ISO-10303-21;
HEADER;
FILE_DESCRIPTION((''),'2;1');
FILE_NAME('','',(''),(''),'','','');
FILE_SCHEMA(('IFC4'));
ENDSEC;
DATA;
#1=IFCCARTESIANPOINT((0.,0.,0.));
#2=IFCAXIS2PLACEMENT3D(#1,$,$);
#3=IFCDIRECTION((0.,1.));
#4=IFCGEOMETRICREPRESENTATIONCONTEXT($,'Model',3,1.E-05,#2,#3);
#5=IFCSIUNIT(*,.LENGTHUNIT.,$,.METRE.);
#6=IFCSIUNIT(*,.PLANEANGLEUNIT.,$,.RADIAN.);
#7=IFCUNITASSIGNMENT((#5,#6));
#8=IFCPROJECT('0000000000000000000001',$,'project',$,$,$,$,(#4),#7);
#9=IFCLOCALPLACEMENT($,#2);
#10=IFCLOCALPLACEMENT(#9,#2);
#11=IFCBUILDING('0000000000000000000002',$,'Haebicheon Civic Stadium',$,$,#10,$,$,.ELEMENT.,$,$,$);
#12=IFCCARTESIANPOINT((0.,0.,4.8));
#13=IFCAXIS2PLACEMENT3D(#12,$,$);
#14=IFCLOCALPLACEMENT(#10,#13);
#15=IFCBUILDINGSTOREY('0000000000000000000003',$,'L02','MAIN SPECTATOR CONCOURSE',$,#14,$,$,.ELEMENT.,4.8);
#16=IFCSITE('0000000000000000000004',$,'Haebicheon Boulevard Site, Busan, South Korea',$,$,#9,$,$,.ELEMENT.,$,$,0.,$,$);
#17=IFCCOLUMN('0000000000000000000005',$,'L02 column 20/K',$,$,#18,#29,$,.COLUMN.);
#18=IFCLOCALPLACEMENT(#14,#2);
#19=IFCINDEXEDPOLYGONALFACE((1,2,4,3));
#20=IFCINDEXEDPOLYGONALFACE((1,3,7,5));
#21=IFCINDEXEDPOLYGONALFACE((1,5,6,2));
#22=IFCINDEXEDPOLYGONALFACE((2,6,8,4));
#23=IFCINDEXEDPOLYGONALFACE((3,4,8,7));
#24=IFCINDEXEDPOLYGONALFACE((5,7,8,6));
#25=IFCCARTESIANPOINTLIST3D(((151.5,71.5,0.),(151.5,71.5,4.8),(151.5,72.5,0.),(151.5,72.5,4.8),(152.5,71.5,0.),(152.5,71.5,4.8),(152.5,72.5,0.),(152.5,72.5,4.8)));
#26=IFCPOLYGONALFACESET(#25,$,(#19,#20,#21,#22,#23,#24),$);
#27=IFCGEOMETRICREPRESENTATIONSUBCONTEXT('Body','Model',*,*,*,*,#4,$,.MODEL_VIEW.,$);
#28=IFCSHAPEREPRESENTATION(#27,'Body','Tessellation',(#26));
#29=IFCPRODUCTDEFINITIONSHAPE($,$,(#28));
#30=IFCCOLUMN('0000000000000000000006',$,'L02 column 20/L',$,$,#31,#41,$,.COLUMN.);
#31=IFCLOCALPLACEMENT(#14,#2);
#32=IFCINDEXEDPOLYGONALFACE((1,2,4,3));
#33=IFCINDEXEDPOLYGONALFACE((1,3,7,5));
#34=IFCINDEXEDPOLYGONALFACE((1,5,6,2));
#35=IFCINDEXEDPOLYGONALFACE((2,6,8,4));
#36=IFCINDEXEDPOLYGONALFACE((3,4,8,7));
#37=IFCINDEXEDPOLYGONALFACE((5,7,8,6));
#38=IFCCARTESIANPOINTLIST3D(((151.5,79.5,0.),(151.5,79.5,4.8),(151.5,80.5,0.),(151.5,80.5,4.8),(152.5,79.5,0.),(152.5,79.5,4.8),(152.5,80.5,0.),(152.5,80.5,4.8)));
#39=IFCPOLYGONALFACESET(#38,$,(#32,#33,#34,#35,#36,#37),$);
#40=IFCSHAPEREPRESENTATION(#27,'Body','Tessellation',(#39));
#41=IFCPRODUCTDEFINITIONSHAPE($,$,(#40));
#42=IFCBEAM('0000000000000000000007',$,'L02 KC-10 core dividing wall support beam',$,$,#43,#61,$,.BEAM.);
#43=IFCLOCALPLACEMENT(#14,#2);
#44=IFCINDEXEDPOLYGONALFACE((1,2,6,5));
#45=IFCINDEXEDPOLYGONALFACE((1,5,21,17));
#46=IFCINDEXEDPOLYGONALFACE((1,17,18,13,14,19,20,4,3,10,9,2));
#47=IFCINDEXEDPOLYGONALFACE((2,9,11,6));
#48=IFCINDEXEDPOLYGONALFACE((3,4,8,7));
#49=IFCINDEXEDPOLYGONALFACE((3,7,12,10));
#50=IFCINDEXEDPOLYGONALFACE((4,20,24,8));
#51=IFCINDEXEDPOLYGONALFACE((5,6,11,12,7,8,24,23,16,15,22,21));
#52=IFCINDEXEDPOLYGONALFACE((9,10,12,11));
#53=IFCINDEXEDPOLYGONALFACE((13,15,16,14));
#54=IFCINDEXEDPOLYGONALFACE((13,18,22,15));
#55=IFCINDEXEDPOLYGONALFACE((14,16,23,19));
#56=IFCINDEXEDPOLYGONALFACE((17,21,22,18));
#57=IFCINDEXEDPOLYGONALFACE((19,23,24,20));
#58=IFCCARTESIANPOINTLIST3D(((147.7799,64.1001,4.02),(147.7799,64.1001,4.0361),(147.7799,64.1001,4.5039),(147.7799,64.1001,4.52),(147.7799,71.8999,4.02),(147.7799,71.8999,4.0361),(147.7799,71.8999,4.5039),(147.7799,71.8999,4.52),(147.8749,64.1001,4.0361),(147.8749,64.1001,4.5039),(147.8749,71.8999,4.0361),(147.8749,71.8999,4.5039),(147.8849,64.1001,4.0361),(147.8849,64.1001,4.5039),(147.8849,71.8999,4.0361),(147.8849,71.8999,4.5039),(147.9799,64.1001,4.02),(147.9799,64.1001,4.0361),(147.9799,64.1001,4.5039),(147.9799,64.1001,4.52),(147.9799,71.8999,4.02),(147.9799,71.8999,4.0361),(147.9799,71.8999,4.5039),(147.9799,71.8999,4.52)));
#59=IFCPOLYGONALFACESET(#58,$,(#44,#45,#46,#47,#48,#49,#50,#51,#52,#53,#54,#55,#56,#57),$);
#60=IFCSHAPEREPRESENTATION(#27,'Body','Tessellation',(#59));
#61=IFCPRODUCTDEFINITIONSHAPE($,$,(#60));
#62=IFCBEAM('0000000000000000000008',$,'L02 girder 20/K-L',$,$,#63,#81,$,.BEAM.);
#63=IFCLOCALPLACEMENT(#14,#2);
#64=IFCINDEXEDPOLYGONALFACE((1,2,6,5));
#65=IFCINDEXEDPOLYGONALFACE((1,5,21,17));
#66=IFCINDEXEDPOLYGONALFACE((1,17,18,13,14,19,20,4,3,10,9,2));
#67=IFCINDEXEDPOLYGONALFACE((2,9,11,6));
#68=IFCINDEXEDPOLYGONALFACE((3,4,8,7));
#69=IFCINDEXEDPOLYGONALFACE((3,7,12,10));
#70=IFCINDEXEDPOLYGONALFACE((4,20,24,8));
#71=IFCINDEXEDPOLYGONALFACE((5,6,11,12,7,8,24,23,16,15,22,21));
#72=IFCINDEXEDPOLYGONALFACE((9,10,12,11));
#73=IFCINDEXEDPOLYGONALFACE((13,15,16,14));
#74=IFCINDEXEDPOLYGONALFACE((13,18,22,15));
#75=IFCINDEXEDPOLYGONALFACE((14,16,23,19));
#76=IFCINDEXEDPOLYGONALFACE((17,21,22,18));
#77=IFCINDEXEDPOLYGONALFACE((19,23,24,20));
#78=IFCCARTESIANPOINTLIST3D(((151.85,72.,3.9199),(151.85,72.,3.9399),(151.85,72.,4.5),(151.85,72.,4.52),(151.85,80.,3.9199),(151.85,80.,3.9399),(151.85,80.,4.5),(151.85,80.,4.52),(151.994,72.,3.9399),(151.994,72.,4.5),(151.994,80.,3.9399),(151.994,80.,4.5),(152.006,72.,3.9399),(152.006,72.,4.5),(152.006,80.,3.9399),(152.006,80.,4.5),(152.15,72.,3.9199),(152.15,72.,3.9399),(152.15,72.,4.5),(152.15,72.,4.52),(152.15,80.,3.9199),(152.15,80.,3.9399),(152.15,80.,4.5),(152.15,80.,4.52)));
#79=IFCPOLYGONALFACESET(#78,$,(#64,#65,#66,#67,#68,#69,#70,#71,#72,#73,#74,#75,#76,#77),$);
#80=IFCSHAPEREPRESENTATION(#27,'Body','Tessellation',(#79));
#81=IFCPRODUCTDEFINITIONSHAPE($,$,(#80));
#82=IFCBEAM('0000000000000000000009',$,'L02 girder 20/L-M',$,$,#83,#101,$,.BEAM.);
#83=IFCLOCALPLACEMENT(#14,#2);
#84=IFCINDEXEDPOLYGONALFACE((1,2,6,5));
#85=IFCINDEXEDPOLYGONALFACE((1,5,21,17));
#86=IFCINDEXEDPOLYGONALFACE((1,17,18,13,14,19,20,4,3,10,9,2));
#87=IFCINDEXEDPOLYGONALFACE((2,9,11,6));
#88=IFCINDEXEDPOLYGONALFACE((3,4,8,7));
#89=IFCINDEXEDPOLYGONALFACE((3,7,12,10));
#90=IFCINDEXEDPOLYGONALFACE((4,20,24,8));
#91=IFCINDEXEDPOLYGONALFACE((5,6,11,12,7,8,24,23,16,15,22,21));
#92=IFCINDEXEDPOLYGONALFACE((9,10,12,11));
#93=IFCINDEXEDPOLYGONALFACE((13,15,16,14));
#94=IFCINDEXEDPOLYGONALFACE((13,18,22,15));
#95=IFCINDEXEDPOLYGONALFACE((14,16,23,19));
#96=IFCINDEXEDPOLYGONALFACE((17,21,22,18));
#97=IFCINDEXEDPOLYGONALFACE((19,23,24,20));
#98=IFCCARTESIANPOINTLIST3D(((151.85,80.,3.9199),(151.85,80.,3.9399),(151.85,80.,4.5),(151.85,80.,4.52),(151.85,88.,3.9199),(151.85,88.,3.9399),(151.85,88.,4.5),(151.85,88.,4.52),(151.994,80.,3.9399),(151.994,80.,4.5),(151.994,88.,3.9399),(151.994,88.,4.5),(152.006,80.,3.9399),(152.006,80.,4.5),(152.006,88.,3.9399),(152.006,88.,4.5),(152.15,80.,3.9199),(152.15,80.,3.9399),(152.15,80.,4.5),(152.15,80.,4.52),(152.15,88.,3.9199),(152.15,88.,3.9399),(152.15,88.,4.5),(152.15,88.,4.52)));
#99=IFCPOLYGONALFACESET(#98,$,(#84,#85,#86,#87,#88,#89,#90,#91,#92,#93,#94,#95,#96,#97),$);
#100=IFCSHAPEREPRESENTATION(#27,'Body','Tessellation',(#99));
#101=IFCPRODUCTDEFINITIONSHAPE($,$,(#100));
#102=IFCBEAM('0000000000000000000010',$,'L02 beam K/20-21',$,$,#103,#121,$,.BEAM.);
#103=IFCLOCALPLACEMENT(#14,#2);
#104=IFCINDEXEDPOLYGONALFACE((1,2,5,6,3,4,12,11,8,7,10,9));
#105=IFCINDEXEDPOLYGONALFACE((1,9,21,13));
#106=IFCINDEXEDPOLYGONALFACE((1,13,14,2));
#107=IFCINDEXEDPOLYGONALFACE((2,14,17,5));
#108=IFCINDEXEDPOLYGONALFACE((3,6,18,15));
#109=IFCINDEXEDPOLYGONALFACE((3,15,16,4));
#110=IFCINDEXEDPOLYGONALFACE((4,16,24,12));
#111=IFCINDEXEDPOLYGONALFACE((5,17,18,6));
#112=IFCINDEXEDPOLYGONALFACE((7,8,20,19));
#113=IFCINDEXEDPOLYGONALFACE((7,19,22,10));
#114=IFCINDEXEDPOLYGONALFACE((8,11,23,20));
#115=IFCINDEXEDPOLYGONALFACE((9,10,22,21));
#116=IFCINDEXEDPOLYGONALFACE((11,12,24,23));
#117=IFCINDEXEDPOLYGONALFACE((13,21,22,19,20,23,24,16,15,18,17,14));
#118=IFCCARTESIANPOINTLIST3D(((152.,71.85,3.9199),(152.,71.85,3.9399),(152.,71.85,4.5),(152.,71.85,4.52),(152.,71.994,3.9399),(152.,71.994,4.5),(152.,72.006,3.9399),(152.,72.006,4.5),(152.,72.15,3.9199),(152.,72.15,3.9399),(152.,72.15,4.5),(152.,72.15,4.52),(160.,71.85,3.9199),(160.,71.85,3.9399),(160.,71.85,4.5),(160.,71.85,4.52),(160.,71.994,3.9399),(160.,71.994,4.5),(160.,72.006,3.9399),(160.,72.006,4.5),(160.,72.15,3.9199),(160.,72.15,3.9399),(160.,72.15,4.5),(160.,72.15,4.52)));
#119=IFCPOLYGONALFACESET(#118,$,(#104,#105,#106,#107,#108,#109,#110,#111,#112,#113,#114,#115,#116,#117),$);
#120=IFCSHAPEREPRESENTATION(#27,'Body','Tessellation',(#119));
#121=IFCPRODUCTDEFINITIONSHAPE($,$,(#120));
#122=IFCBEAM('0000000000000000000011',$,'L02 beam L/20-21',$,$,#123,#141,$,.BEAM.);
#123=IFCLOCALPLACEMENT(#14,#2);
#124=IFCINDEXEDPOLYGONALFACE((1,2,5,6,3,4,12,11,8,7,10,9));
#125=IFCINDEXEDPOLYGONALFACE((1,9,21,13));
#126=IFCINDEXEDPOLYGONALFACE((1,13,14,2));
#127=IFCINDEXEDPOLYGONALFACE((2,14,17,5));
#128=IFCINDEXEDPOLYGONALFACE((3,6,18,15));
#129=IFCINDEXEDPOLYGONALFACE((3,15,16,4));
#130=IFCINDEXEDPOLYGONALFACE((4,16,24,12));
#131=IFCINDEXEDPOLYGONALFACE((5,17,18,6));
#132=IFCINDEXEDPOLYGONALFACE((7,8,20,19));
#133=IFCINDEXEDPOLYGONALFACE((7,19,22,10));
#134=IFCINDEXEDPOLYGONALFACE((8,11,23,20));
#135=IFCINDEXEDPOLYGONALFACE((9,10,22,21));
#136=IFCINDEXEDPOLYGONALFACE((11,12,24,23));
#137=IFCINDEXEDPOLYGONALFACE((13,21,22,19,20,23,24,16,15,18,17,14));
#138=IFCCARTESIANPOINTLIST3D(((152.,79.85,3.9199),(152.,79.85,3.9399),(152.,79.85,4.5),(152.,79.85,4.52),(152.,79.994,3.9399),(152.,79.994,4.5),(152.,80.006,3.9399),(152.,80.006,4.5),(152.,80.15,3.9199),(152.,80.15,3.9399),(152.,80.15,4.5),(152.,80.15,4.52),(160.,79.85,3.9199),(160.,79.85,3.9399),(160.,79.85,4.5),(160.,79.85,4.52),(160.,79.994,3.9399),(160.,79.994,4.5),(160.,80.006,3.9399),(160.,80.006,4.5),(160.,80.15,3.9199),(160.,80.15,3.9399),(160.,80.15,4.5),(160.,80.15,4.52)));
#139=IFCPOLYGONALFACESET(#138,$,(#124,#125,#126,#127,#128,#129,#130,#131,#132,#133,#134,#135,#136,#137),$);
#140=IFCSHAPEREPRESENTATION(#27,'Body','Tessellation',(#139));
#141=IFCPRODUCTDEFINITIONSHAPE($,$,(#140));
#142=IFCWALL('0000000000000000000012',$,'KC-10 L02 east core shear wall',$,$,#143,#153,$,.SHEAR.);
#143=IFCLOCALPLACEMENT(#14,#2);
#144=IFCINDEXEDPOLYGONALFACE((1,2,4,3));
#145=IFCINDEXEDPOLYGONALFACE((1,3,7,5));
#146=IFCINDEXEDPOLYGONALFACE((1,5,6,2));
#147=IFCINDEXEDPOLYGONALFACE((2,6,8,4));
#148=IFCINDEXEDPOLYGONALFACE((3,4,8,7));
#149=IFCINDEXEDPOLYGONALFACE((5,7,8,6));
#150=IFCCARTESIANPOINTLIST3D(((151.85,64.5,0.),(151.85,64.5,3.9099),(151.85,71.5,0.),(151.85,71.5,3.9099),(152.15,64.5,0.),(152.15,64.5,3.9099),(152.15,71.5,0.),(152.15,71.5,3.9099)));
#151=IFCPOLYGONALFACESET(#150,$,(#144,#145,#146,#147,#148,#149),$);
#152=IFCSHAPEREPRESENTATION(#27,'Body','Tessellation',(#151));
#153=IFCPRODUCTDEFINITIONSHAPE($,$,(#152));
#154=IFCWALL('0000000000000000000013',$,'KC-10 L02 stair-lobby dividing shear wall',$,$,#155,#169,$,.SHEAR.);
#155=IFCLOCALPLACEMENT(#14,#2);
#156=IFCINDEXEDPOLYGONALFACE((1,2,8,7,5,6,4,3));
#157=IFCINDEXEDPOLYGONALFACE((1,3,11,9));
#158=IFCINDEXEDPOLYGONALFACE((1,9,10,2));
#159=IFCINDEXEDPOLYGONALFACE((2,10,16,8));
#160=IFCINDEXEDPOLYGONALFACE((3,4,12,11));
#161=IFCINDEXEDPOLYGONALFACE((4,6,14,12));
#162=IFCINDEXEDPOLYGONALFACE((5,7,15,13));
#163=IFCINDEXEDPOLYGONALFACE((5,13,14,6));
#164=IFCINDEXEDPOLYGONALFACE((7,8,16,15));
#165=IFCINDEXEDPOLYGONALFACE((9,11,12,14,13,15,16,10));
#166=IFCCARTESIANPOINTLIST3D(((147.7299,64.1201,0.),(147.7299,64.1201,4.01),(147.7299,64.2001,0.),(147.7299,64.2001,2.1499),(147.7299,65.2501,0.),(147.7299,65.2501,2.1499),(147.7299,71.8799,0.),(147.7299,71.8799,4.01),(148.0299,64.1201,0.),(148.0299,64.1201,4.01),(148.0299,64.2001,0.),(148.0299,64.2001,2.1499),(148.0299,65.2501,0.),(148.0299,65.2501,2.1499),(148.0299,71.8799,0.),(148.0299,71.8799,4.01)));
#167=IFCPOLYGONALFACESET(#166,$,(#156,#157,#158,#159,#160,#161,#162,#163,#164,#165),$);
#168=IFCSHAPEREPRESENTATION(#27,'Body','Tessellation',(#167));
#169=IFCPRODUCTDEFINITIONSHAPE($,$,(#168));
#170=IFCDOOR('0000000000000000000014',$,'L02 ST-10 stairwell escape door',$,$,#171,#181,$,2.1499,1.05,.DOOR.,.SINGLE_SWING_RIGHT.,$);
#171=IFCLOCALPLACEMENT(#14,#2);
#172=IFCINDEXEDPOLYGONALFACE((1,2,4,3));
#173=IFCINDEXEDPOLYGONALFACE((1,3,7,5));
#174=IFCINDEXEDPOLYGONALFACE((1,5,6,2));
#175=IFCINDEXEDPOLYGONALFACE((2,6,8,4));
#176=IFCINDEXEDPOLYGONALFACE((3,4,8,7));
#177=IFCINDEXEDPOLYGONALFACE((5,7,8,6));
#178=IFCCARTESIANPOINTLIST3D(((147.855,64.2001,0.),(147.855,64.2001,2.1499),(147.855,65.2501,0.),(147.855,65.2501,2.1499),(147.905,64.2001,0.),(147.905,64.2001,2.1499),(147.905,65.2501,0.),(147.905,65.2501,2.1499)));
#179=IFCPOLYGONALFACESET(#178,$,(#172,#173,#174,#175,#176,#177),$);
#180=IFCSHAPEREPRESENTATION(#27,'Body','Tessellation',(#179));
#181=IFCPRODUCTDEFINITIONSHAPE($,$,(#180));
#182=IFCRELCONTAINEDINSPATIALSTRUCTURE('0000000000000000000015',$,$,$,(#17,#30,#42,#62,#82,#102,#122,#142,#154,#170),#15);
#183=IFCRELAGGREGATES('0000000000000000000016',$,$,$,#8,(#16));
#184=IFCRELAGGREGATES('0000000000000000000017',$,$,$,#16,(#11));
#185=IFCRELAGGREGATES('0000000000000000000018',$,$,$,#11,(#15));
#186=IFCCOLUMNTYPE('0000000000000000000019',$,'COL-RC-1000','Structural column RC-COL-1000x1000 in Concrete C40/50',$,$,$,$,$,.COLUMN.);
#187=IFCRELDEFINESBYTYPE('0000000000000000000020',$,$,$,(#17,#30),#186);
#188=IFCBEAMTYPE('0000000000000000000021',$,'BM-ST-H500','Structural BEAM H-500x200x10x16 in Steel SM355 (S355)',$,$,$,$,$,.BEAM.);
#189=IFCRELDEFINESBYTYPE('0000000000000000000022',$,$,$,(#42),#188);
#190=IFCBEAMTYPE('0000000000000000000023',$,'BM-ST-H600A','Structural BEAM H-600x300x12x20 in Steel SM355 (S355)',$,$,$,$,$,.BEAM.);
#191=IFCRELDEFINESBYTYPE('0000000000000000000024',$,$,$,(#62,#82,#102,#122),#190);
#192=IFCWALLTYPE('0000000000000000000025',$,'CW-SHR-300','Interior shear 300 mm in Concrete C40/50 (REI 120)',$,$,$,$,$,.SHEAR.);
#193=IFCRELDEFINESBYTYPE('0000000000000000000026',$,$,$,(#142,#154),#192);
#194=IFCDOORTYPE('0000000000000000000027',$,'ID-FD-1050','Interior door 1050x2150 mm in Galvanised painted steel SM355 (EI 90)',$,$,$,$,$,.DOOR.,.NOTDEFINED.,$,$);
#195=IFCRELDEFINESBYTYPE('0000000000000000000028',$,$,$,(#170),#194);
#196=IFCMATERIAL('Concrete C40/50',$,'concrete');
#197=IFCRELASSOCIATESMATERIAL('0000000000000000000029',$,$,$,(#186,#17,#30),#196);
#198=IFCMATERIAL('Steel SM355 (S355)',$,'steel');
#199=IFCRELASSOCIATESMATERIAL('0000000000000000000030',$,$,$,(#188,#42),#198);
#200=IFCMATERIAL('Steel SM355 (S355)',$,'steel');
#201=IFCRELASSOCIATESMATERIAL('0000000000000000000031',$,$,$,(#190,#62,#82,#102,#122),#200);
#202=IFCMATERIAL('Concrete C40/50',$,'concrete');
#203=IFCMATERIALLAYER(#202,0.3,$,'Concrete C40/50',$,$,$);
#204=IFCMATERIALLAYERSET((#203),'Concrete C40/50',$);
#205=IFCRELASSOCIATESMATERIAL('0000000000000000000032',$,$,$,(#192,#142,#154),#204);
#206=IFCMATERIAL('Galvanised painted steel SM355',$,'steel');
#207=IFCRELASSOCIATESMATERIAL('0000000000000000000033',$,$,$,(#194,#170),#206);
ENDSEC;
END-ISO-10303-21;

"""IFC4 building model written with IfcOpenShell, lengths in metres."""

from ifc_helpers import new_model, si_unit, direction, frame, frame_2d, origin, origin_2d, place, context, subcontext, project, spatial, rectangle, i_section, extrude, material, layer, layer_set, material_profile, profile_set, type_object, element, fill, save


model = new_model("IFC4")

# Units and contexts
model_context = context("Model", 3, precision=1e-05, world=origin(), true_north=direction((0.0, 1.0)))
body_context = subcontext(model_context, "Body", "Model", "MODEL_VIEW")
ifc_project = project(units=[si_unit("LENGTHUNIT", "METRE"), si_unit("PLANEANGLEUNIT", "RADIAN")], contexts=[model_context])

# Site, building, storey
site_placement = place(None, origin())
site = spatial("IfcSite", under=ifc_project, at=site_placement, Name="Haebicheon Boulevard Site, Busan, South Korea", CompositionType="ELEMENT", RefElevation=0.0)
building_placement = place(site_placement, origin())
building = spatial("IfcBuilding", under=site, at=building_placement, Name="Haebicheon Civic Stadium", CompositionType="ELEMENT")
storey_placement = place(building_placement, frame((0.0, 0.0, 4.8)))
storey = spatial("IfcBuildingStorey", under=building, at=storey_placement, Name="L02", Description="MAIN SPECTATOR CONCOURSE", CompositionType="ELEMENT", Elevation=4.8)

# Columns
ifc_material_1 = material(Name="Concrete C40/50", Category="concrete")
ifc_material_profile_1 = material_profile(ifc_material_1, rectangle(XDim=1.0, YDim=1.0, at=origin_2d()), Name="RC-COL-1000x1000")
ifc_profile_set_1 = profile_set([ifc_material_profile_1], Name="Concrete C40/50")
column_type = type_object("IfcColumnType", Name="COL-RC-1000", Description="Structural column RC-COL-1000x1000 in Concrete C40/50", PredefinedType="COLUMN", material=ifc_profile_set_1)
for number, where, z_axis, x_axis, name in (
    (1, (152.0, 72.0, 0.0), (0.0, 0.0, 1.0), (1.0, 0.0, 0.0), "L02 column 20/K"),
    (2, (152.0, 80.0, 0.0), (0.0, 0.0, 1.0), (1.0, 0.0, 0.0), "L02 column 20/L"),
):
    element("IfcColumn", number, at=place(storey_placement, frame(where, z_axis=z_axis, x_axis=x_axis)), inside=storey, type_object=column_type, material=ifc_profile_set_1, Name=name, PredefinedType="COLUMN", context=body_context, shape_type="SweptSolid", body=[
        extrude(rectangle(XDim=1.0, YDim=1.0, at=origin_2d()), origin(), (0.0, 0.0, 1.0), 4.8),
    ])

# Beams
ifc_material_2 = material(Name="Steel SM355 (S355)", Category="steel")
ifc_material_profile_2 = material_profile(ifc_material_2, i_section(OverallWidth=0.2, OverallDepth=0.5, WebThickness=0.01, FlangeThickness=0.0161, at=origin_2d()), Name="H-500x200x10x16")
ifc_profile_set_2 = profile_set([ifc_material_profile_2], Name="Steel SM355 (S355)")
beam_type_1 = type_object("IfcBeamType", Name="BM-ST-H500", Description="Structural BEAM H-500x200x10x16 in Steel SM355 (S355)", PredefinedType="BEAM", material=ifc_profile_set_2)
beam_placement = place(storey_placement, frame((147.8799, 64.1001, 4.27), z_axis=(0.0, 1.0, 0.0), x_axis=(-1.0, 0.0, 0.0)))
element("IfcBeam", 3, at=beam_placement, inside=storey, type_object=beam_type_1, material=ifc_profile_set_2, Name="L02 KC-10 core dividing wall support beam", PredefinedType="BEAM", context=body_context, shape_type="SweptSolid", body=[
    extrude(i_section(OverallWidth=0.2, OverallDepth=0.5, WebThickness=0.01, FlangeThickness=0.0161, at=origin_2d()), origin(), (0.0, 0.0, 1.0), 7.7998),
])
ifc_material_3 = material(Name="Steel SM355 (S355)", Category="steel")
ifc_material_profile_3 = material_profile(ifc_material_3, i_section(OverallWidth=0.3, OverallDepth=0.6001, WebThickness=0.012, FlangeThickness=0.02, at=origin_2d()), Name="H-600x300x12x20")
ifc_profile_set_3 = profile_set([ifc_material_profile_3], Name="Steel SM355 (S355)")
beam_type_2 = type_object("IfcBeamType", Name="BM-ST-H600A", Description="Structural BEAM H-600x300x12x20 in Steel SM355 (S355)", PredefinedType="BEAM", material=ifc_profile_set_3)
for number, where, z_axis, x_axis, name in (
    (4, (152.0, 72.0, 4.22), (0.0, 1.0, 0.0), (-1.0, 0.0, 0.0), "L02 girder 20/K-L"),
    (5, (152.0, 80.0, 4.22), (0.0, 1.0, 0.0), (-1.0, 0.0, 0.0), "L02 girder 20/L-M"),
    (6, (152.0, 72.0, 4.22), (1.0, 0.0, 0.0), (0.0, 1.0, 0.0), "L02 beam K/20-21"),
    (7, (152.0, 80.0, 4.22), (1.0, 0.0, 0.0), (0.0, 1.0, 0.0), "L02 beam L/20-21"),
):
    element("IfcBeam", number, at=place(storey_placement, frame(where, z_axis=z_axis, x_axis=x_axis)), inside=storey, type_object=beam_type_2, material=ifc_profile_set_3, Name=name, PredefinedType="BEAM", context=body_context, shape_type="SweptSolid", body=[
        extrude(i_section(OverallWidth=0.3, OverallDepth=0.6001, WebThickness=0.012, FlangeThickness=0.02, at=origin_2d()), origin(), (0.0, 0.0, 1.0), 8.0),
    ])

# Wall
ifc_material_4 = material(Name="Concrete C40/50", Category="concrete")
ifc_layer = layer(ifc_material_4, 0.3, Name="Concrete C40/50")
ifc_layer_set = layer_set([ifc_layer], Name="Concrete C40/50")
wall_type = type_object("IfcWallType", Name="CW-SHR-300", Description="Interior shear 300 mm in Concrete C40/50 (REI 120)", PredefinedType="SHEAR", material=ifc_layer_set)
wall_1_placement = place(storey_placement, frame((152.0, 64.5, 0.0), z_axis=(0.0, 0.0, 1.0), x_axis=(0.0, 1.0, 0.0)))
element("IfcWall", 8, at=wall_1_placement, inside=storey, type_object=wall_type, material=ifc_layer_set, Name="KC-10 L02 east core shear wall", PredefinedType="SHEAR", context=body_context, shape_type="SweptSolid", body=[
    extrude(rectangle(XDim=7.0, YDim=0.3, at=frame_2d((3.5, 0.0))), origin(), (0.0, 0.0, 1.0), 3.9099),
])

# Wall, opening, door
wall_2_placement = place(storey_placement, frame((147.8799, 64.1201, 0.0), z_axis=(0.0, 0.0, 1.0), x_axis=(0.0, 1.0, 0.0)))
wall_2 = element("IfcWall", 9, at=wall_2_placement, inside=storey, type_object=wall_type, material=ifc_layer_set, Name="KC-10 L02 stair-lobby dividing shear wall", PredefinedType="SHEAR", context=body_context, shape_type="SweptSolid", body=[
    extrude(rectangle(XDim=7.7598, YDim=0.3, at=frame_2d((3.8799, 0.0))), origin(), (0.0, 0.0, 1.0), 4.01),
])
opening_1_placement = place(wall_2_placement, frame((0.0801, 0.0, 0.0)))
opening_1 = element("IfcOpeningElement", 10, at=opening_1_placement, cuts=wall_2, PredefinedType="OPENING", context=body_context, shape_type="SweptSolid", body=[
    extrude(rectangle(XDim=1.05, YDim=2.1499, at=frame_2d((0.5249, 1.075))), frame((0.0, 0.1599, 0.0), z_axis=(0.0, -1.0, 0.0), x_axis=(1.0, 0.0, 0.0)), (0.0, 0.0, 1.0), 0.3201),
])
ifc_material_5 = material(Name="Galvanised painted steel SM355", Category="steel")
door_type_1 = type_object("IfcDoorType", Name="ID-FD-1050", Description="Interior door 1050x2150 mm in Galvanised painted steel SM355 (EI 90)", OperationType="NOTDEFINED", PredefinedType="DOOR", material=ifc_material_5)
door_1_placement = place(opening_1_placement, origin())
door_1 = element("IfcDoor", 11, at=door_1_placement, inside=storey, type_object=door_type_1, material=ifc_material_5, Name="L02 ST-10 stairwell escape door", OperationType="SINGLE_SWING_RIGHT", OverallHeight=2.1499, OverallWidth=1.05, PredefinedType="DOOR", context=body_context, shape_type="SweptSolid", body=[
    extrude(rectangle(XDim=1.05, YDim=2.1499, at=frame_2d((0.5249, 1.075))), frame((0.0, 0.0249, 0.0), z_axis=(0.0, -1.0, 0.0), x_axis=(1.0, 0.0, 0.0)), (0.0, 0.0, 1.0), 0.05),
])
fill(opening_1, door_1)

save(model, "model.ifc")
